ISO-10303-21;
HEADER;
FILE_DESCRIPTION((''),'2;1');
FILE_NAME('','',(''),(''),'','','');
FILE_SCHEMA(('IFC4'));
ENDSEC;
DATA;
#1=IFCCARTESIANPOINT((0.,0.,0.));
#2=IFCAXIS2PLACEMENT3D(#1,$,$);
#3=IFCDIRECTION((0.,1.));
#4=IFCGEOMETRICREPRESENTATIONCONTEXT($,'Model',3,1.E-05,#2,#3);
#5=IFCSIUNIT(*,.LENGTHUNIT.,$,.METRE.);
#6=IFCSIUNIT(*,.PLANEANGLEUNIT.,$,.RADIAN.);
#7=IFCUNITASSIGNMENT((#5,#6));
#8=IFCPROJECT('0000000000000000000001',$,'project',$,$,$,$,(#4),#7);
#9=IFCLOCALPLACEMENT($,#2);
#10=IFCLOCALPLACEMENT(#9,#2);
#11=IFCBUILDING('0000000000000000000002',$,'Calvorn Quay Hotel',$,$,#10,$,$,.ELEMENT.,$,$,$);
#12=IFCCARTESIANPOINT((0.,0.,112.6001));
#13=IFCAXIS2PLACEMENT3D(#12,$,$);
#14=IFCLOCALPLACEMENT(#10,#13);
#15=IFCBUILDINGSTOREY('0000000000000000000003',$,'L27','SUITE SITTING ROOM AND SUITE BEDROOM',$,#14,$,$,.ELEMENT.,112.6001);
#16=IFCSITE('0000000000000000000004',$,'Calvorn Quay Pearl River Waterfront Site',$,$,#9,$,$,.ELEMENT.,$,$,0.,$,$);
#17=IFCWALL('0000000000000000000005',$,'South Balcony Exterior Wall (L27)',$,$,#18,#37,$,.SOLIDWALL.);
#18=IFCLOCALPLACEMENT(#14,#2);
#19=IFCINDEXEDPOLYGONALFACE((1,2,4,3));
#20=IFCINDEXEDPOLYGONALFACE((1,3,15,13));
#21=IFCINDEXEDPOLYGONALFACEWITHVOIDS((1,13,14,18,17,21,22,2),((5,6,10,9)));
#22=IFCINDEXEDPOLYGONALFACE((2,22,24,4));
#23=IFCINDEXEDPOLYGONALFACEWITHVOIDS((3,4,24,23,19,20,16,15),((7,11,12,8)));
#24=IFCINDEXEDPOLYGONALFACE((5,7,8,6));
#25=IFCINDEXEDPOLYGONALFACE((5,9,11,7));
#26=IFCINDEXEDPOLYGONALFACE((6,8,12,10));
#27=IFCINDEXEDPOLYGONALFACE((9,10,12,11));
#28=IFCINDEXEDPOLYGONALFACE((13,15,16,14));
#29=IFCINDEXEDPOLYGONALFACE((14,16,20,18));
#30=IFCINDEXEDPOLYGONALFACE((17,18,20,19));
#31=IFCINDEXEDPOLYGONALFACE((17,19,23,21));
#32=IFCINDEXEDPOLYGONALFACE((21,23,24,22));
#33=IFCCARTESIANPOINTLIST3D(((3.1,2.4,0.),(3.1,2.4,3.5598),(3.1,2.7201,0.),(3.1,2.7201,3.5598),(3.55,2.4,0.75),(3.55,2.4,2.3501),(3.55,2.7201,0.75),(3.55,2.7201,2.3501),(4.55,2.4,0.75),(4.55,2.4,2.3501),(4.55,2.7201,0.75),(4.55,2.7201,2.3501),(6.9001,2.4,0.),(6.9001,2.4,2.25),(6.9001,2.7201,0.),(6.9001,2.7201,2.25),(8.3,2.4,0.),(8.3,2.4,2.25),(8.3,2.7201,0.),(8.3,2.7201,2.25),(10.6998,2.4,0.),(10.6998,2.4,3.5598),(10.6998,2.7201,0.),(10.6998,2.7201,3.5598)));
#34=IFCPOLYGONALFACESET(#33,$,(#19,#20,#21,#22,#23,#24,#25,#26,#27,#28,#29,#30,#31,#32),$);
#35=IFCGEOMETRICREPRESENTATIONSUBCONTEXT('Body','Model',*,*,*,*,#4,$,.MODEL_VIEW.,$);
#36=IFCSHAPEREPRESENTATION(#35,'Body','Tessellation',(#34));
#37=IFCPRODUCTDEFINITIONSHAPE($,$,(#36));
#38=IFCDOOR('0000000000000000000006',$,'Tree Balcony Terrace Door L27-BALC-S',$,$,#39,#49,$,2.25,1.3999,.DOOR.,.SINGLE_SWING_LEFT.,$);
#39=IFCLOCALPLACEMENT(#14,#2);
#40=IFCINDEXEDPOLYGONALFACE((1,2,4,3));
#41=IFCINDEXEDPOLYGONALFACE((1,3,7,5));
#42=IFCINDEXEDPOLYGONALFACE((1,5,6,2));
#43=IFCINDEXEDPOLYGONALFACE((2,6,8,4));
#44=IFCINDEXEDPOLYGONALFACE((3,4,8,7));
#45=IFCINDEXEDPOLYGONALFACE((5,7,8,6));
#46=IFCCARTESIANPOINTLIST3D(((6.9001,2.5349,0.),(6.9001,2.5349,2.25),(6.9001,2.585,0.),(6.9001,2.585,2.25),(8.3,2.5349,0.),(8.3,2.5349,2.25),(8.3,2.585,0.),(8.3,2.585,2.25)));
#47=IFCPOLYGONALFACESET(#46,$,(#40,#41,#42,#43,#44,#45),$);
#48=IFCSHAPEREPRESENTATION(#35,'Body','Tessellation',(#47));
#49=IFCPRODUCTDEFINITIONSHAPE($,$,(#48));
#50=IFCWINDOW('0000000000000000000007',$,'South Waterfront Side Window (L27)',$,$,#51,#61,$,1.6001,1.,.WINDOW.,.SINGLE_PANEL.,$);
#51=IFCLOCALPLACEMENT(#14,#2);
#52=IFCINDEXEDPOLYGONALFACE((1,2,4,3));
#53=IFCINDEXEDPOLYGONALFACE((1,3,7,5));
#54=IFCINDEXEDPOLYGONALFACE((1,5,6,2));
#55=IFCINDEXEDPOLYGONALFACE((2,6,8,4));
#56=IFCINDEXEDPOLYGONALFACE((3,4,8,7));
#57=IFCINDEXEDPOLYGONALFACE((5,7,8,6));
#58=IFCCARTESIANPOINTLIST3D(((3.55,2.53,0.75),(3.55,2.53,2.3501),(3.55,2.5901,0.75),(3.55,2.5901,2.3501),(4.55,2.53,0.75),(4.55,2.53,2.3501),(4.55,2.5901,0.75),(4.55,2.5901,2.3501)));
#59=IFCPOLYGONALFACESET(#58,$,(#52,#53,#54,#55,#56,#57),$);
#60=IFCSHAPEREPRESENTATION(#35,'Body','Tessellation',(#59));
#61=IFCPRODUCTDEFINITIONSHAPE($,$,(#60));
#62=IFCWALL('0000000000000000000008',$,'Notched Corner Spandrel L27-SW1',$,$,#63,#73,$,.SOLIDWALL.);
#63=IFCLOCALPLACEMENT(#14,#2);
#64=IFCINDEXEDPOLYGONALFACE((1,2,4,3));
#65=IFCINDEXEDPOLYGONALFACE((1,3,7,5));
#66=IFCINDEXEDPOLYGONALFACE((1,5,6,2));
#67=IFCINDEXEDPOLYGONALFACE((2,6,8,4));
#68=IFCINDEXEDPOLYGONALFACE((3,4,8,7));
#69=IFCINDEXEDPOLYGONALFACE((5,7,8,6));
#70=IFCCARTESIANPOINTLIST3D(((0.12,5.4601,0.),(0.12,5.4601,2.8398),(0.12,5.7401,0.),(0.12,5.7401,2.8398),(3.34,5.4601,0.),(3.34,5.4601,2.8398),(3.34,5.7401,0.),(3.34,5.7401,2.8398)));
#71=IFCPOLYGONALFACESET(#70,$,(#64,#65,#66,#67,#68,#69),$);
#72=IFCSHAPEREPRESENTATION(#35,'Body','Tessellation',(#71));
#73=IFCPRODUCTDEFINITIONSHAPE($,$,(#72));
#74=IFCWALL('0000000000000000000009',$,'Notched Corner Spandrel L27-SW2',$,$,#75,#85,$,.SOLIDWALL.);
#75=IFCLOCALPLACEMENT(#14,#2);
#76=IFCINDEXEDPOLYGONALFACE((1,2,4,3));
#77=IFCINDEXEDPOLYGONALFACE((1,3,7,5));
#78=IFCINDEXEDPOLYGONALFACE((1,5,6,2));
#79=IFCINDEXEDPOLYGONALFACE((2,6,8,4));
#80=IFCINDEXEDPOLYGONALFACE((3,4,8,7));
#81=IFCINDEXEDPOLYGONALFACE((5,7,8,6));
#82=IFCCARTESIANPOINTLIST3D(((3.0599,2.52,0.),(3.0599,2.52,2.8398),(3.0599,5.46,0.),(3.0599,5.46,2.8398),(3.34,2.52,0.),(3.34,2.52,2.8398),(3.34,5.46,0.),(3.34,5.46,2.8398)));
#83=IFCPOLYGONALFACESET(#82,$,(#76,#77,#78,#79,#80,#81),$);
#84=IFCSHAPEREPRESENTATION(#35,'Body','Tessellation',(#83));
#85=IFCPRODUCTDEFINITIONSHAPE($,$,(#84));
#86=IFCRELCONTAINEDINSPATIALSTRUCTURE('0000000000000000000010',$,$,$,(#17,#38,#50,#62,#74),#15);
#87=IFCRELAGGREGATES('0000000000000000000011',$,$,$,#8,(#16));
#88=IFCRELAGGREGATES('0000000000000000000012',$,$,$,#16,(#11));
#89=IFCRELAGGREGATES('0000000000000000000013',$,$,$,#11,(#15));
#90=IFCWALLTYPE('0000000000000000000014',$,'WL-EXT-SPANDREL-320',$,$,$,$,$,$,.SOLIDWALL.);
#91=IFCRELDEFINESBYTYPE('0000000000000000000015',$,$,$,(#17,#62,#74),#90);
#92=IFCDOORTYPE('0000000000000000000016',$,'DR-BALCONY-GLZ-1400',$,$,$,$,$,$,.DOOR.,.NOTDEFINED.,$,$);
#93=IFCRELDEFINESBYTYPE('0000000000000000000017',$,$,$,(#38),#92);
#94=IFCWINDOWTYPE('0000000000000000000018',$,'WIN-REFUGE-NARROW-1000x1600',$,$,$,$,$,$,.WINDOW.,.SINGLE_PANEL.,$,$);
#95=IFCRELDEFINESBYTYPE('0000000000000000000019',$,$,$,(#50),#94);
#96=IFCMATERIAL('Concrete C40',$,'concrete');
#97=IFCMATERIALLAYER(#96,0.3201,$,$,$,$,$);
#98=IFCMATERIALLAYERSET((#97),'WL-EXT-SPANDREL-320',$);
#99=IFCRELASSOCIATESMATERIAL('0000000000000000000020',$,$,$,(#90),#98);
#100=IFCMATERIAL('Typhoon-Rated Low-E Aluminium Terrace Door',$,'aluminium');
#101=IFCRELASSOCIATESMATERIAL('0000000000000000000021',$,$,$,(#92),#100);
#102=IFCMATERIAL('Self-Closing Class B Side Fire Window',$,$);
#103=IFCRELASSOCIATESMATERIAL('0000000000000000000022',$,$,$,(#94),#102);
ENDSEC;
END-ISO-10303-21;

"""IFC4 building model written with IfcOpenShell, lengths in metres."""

from ifc_helpers import new_model, si_unit, direction, frame, frame_2d, origin, place, context, subcontext, project, spatial, rectangle, extrude, material, layer, layer_set, type_object, element, fill, save


model = new_model("IFC4")

# Units and contexts
model_context = context("Model", 3, precision=1e-05, world=origin(), true_north=direction((0.0, 1.0)))
body_context = subcontext(model_context, "Body", "Model", "MODEL_VIEW")
ifc_project = project(units=[si_unit("LENGTHUNIT", "METRE"), si_unit("PLANEANGLEUNIT", "RADIAN")], contexts=[model_context])

# Site, building, storey
site_placement = place(None, origin())
site = spatial("IfcSite", under=ifc_project, at=site_placement, Name="Calvorn Quay Pearl River Waterfront Site", CompositionType="ELEMENT", RefElevation=0.0)
building_placement = place(site_placement, origin())
building = spatial("IfcBuilding", under=site, at=building_placement, Name="Calvorn Quay Hotel", CompositionType="ELEMENT")
storey_placement = place(building_placement, frame((0.0, 0.0, 112.6001)))
storey = spatial("IfcBuildingStorey", under=building, at=storey_placement, Name="L27", Description="SUITE SITTING ROOM AND SUITE BEDROOM", CompositionType="ELEMENT", Elevation=112.6001)

# Wall, openings, door, window
ifc_material_1 = material(Name="Concrete C40", Category="concrete")
ifc_layer_1 = layer(ifc_material_1, 0.3201)
ifc_layer_set_1 = layer_set([ifc_layer_1], Name="WL-EXT-SPANDREL-320")
wall_type = type_object("IfcWallType", Name="WL-EXT-SPANDREL-320", PredefinedType="SOLIDWALL", material=ifc_layer_set_1)
wall_1_placement = place(storey_placement, frame((3.1001, 2.5601, 0.0), z_axis=(0.0, 0.0, 1.0), x_axis=(1.0, 0.0, 0.0)))
wall_1 = element("IfcWall", 1, at=wall_1_placement, inside=storey, type_object=wall_type, Name="South Balcony Exterior Wall (L27)", PredefinedType="SOLIDWALL", context=body_context, shape_type="SweptSolid", body=[
    extrude(rectangle(XDim=7.5999, YDim=0.3201, at=frame_2d((3.7998, 0.0))), origin(), (0.0, 0.0, 1.0), 3.5598),
])
opening_1_placement = place(wall_1_placement, frame((0.45, 0.0, 0.75)))
opening_1 = element("IfcOpeningElement", 2, at=opening_1_placement, cuts=wall_1, PredefinedType="OPENING", context=body_context, shape_type="SweptSolid", body=[
    extrude(rectangle(XDim=1.0, YDim=1.6001, at=frame_2d((0.5, 0.8))), frame((0.0, 0.1699, 0.0), z_axis=(0.0, -1.0, 0.0), x_axis=(1.0, 0.0, 0.0)), (0.0, 0.0, 1.0), 0.3401),
])
opening_2_placement = place(wall_1_placement, frame((3.8, 0.0, 0.0)))
opening_2 = element("IfcOpeningElement", 3, at=opening_2_placement, cuts=wall_1, PredefinedType="OPENING", context=body_context, shape_type="SweptSolid", body=[
    extrude(rectangle(XDim=1.3999, YDim=2.25, at=frame_2d((0.7, 1.125))), frame((0.0, 0.1699, 0.0), z_axis=(0.0, -1.0, 0.0), x_axis=(1.0, 0.0, 0.0)), (0.0, 0.0, 1.0), 0.3401),
])
ifc_material_2 = material(Name="Typhoon-Rated Low-E Aluminium Terrace Door", Category="aluminium")
door_type = type_object("IfcDoorType", Name="DR-BALCONY-GLZ-1400", OperationType="NOTDEFINED", PredefinedType="DOOR", material=ifc_material_2)
door_placement = place(opening_2_placement, origin())
door = element("IfcDoor", 4, at=door_placement, inside=storey, type_object=door_type, Name="Tree Balcony Terrace Door L27-BALC-S", OperationType="SINGLE_SWING_LEFT", OverallHeight=2.25, OverallWidth=1.3999, PredefinedType="DOOR", context=body_context, shape_type="SweptSolid", body=[
    extrude(rectangle(XDim=1.3999, YDim=2.25, at=frame_2d((0.7, 1.125))), frame((0.0, 0.0249, 0.0), z_axis=(0.0, -1.0, 0.0), x_axis=(1.0, 0.0, 0.0)), (0.0, 0.0, 1.0), 0.05),
])
fill(opening_2, door)
ifc_material_3 = material(Name="Self-Closing Class B Side Fire Window")
window_type = type_object("IfcWindowType", Name="WIN-REFUGE-NARROW-1000x1600", PartitioningType="SINGLE_PANEL", PredefinedType="WINDOW", material=ifc_material_3)
window_placement = place(opening_1_placement, origin())
window = element("IfcWindow", 5, at=window_placement, inside=storey, type_object=window_type, Name="South Waterfront Side Window (L27)", OverallHeight=1.6001, OverallWidth=1.0, PartitioningType="SINGLE_PANEL", PredefinedType="WINDOW", context=body_context, shape_type="SweptSolid", body=[
    extrude(rectangle(XDim=1.0, YDim=1.6001, at=frame_2d((0.5, 0.8))), frame((0.0, 0.03, 0.0), z_axis=(0.0, -1.0, 0.0), x_axis=(1.0, 0.0, 0.0)), (0.0, 0.0, 1.0), 0.0601),
])
fill(opening_1, window)

# Walls
wall_2_placement = place(storey_placement, frame((0.1201, 5.6001, 0.0), z_axis=(0.0, 0.0, 1.0), x_axis=(1.0, 0.0, 0.0)))
element("IfcWall", 6, at=wall_2_placement, inside=storey, type_object=wall_type, Name="Notched Corner Spandrel L27-SW1", PredefinedType="SOLIDWALL", context=body_context, shape_type="SweptSolid", body=[
    extrude(rectangle(XDim=3.22, YDim=0.28, at=frame_2d((1.6099, 0.0))), origin(), (0.0, 0.0, 1.0), 2.8398),
])
wall_3_placement = place(storey_placement, frame((3.2, 5.46, 0.0), z_axis=(0.0, 0.0, 1.0), x_axis=(0.0, -1.0, 0.0)))
element("IfcWall", 7, at=wall_3_placement, inside=storey, type_object=wall_type, Name="Notched Corner Spandrel L27-SW2", PredefinedType="SOLIDWALL", context=body_context, shape_type="SweptSolid", body=[
    extrude(rectangle(XDim=2.9399, YDim=0.28, at=frame_2d((1.47, 0.0))), origin(), (0.0, 0.0, 1.0), 2.8398),
])

save(model, "model.ifc")
